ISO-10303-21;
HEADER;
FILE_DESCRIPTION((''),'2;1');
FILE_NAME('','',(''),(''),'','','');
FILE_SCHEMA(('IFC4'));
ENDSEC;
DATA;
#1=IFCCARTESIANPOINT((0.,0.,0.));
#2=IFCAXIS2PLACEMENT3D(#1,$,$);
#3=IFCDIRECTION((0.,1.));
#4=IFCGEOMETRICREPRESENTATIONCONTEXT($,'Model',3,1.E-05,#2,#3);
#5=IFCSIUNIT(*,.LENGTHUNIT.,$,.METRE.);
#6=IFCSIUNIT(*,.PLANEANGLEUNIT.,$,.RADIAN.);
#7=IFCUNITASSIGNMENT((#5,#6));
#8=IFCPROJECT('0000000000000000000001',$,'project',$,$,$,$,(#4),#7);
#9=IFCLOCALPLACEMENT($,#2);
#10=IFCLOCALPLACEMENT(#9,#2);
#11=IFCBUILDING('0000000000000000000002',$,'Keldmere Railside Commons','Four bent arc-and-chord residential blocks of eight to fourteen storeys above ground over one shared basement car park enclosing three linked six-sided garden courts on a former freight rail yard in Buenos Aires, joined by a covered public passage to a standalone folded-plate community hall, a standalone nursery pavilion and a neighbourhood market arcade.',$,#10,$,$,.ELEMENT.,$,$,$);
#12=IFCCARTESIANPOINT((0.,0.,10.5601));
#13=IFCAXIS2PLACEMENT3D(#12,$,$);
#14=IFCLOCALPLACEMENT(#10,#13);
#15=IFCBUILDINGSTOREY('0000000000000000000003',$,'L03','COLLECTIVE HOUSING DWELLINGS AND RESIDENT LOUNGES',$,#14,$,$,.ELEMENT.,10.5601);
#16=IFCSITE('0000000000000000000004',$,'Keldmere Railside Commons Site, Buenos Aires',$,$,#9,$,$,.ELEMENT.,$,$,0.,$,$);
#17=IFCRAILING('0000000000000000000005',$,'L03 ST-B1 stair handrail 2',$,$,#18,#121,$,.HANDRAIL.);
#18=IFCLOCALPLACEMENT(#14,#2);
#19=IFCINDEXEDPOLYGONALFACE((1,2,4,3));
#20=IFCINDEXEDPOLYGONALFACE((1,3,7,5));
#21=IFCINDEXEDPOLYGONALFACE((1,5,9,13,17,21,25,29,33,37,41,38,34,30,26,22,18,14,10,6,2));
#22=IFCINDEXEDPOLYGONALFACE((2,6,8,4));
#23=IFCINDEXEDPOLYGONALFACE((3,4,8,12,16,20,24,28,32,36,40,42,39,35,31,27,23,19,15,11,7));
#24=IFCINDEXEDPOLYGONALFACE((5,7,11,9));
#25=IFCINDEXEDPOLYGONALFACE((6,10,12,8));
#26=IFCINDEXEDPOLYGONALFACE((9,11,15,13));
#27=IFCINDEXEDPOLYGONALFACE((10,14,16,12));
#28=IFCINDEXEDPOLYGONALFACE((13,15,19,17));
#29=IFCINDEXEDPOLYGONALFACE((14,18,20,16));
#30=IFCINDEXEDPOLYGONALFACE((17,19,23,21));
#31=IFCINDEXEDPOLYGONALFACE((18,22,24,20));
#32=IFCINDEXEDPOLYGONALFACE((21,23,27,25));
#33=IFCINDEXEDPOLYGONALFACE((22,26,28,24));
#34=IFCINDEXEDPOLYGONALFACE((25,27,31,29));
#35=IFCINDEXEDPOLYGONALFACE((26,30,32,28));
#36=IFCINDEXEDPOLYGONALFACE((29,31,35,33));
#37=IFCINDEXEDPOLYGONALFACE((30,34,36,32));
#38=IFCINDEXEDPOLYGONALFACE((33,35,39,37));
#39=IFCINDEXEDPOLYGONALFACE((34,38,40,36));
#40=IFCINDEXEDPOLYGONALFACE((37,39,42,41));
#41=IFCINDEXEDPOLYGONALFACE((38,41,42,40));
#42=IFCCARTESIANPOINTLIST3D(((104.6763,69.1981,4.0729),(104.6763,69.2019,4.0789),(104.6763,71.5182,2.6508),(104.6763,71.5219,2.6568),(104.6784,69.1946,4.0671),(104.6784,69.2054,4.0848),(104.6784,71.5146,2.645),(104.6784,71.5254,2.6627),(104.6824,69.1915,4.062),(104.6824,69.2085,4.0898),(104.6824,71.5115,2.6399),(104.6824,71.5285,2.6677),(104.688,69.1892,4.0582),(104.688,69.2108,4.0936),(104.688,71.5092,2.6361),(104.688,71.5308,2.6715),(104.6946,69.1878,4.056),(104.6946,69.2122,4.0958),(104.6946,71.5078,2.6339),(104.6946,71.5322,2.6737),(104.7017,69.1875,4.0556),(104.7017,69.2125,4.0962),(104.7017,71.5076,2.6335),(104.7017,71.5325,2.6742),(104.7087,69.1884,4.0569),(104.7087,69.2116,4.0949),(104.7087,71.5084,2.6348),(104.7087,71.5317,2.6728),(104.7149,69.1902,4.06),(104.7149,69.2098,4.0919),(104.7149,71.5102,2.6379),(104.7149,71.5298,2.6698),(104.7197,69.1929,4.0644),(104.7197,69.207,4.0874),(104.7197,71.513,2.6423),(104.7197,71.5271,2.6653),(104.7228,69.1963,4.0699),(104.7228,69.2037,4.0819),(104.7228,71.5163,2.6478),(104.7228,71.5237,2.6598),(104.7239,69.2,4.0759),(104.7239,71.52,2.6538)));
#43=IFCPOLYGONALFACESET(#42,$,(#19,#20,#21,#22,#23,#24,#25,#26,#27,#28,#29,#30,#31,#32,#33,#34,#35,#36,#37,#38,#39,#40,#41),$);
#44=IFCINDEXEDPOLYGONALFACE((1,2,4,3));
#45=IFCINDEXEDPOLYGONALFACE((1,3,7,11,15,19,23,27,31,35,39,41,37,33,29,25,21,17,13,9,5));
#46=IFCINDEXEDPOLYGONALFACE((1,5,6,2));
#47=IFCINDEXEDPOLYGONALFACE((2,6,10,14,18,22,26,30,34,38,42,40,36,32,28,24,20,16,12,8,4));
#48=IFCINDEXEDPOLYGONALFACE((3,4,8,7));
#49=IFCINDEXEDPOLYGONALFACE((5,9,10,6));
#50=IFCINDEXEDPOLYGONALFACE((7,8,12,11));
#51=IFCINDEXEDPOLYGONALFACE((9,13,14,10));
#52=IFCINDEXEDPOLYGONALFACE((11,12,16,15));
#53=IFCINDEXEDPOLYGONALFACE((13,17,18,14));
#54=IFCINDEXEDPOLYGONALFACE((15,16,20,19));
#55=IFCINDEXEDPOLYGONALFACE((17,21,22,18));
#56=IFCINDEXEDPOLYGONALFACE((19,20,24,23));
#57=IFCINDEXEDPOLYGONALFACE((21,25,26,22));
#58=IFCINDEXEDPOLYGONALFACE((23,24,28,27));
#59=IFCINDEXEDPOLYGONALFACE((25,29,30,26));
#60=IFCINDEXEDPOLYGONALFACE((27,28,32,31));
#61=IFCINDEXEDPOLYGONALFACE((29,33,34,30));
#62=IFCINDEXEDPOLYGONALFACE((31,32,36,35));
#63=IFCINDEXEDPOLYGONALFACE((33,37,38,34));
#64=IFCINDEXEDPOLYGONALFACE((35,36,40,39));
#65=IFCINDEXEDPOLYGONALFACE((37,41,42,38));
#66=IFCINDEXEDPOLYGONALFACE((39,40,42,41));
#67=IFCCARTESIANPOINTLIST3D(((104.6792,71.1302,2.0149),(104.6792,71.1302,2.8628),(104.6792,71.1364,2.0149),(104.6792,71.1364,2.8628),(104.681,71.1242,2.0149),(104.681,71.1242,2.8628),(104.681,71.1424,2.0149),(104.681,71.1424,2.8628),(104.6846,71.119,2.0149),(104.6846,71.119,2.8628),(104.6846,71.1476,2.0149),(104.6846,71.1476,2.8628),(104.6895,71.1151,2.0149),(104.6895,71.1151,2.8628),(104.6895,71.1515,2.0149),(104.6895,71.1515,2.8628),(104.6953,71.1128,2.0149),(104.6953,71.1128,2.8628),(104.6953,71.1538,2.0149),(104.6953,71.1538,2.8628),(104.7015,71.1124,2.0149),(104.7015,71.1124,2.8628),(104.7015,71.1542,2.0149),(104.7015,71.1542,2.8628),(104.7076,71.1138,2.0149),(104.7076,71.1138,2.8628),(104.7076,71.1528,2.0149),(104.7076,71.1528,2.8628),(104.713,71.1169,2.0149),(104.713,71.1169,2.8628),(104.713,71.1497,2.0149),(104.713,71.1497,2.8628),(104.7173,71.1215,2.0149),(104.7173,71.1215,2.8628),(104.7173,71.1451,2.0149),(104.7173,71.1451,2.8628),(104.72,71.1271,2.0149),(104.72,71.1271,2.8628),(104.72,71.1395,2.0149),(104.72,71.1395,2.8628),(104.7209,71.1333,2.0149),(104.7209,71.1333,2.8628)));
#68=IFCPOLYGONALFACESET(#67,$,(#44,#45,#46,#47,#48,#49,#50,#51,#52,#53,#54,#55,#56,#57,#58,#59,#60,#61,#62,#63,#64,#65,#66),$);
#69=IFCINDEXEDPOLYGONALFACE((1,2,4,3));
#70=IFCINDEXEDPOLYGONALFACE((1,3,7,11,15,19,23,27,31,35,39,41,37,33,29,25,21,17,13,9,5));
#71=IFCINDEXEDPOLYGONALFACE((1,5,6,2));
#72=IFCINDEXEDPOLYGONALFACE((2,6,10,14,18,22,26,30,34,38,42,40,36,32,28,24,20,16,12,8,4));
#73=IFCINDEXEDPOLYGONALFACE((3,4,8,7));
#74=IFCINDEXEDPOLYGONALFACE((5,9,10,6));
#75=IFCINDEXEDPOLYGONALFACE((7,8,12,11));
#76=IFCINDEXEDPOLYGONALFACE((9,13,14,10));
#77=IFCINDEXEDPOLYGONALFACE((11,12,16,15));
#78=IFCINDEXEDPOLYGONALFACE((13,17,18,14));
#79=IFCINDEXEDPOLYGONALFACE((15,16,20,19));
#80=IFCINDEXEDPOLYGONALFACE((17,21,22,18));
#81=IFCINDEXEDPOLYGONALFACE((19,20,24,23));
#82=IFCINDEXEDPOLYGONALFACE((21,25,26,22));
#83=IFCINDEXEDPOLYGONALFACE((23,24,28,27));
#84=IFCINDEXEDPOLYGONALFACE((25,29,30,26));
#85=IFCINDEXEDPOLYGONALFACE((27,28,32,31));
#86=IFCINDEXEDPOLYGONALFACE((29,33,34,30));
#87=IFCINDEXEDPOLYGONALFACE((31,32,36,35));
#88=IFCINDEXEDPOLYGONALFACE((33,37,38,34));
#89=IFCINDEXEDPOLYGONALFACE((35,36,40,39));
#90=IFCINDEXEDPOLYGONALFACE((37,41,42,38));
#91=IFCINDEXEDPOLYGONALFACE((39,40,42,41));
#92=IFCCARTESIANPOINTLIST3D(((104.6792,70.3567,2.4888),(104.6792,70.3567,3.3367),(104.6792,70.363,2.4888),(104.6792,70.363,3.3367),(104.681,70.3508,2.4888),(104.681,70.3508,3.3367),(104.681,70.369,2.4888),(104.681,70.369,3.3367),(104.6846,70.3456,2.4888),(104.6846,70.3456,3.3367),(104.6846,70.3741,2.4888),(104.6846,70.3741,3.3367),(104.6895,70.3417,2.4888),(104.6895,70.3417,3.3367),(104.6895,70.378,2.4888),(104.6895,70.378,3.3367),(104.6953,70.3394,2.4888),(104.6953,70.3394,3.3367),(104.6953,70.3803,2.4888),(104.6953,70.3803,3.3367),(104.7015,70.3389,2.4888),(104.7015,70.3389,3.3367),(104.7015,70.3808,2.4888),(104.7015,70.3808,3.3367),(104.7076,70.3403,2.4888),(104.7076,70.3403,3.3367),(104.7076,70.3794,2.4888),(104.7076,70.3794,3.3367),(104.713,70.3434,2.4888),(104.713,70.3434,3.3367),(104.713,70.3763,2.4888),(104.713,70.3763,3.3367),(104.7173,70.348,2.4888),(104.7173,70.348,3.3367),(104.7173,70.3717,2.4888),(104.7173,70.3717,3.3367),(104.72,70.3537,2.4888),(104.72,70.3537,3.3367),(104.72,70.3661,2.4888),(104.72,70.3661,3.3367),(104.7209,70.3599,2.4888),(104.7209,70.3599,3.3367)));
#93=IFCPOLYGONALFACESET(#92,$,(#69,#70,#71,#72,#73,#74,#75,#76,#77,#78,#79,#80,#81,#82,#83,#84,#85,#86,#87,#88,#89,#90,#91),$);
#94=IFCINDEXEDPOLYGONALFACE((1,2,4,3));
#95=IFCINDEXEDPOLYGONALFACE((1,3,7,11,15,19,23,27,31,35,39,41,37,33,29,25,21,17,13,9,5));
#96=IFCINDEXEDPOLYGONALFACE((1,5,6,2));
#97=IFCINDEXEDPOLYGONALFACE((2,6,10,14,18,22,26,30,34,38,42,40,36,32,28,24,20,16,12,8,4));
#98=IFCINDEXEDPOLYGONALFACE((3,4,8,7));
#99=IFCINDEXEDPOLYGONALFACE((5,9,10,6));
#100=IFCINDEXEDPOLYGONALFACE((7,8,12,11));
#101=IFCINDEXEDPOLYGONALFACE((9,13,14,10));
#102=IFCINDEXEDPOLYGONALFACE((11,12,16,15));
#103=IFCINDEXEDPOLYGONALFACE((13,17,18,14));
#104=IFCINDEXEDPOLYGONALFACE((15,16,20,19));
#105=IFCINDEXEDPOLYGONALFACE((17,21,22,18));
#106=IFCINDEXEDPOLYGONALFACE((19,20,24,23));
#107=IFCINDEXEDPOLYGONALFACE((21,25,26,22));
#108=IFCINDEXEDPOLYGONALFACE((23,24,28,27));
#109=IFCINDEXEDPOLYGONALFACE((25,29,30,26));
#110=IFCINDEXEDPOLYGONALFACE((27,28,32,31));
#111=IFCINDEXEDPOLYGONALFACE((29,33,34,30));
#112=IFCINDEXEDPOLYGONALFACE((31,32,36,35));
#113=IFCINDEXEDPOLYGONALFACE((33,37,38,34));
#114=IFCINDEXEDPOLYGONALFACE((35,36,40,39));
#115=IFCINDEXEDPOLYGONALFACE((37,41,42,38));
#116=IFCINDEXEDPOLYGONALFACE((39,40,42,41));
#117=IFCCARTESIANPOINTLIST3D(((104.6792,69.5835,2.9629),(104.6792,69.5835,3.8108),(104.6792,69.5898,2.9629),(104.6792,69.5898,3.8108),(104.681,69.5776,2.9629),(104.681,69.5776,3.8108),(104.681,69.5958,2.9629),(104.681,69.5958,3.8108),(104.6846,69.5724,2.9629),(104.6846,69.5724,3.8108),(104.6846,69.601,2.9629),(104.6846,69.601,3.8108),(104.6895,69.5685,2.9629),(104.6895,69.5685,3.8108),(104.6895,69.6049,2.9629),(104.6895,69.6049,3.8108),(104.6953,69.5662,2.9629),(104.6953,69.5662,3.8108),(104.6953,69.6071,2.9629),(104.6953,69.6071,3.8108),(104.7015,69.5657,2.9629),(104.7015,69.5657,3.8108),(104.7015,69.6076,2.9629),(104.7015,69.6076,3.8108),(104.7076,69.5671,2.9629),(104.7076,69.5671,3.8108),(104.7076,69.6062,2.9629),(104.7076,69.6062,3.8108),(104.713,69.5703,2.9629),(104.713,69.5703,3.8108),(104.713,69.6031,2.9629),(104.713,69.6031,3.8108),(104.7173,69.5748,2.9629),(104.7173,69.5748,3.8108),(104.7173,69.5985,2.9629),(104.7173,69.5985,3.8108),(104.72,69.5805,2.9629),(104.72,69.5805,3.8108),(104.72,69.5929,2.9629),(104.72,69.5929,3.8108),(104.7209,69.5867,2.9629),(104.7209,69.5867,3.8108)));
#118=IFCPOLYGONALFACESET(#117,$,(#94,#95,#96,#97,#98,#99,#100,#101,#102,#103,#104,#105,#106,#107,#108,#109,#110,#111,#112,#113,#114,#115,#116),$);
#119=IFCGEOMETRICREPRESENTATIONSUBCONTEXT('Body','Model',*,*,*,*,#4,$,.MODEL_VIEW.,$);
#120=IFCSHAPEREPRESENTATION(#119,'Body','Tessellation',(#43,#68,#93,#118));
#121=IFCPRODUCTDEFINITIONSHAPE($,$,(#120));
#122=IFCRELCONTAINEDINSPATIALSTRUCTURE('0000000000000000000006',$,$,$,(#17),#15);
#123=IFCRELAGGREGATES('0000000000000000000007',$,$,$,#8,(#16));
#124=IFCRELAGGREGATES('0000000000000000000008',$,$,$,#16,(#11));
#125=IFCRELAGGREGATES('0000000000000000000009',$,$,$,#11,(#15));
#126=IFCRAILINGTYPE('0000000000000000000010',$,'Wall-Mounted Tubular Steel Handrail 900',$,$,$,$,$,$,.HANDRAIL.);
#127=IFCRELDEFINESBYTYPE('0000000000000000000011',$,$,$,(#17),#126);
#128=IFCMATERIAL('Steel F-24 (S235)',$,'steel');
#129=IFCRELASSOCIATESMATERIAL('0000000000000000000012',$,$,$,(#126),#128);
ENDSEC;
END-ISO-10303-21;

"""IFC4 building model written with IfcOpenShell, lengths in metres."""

from ifc_helpers import new_model, si_unit, direction, frame, origin, origin_2d, place, context, subcontext, project, spatial, circle, extrude, material, type_object, element, save


model = new_model("IFC4")

# Units and contexts
model_context = context("Model", 3, precision=1e-05, world=origin(), true_north=direction((0.0, 1.0)))
body_context = subcontext(model_context, "Body", "Model", "MODEL_VIEW")
ifc_project = project(units=[si_unit("LENGTHUNIT", "METRE"), si_unit("PLANEANGLEUNIT", "RADIAN")], contexts=[model_context])

# Site, building, storey
site_placement = place(None, origin())
site = spatial("IfcSite", under=ifc_project, at=site_placement, Name="Keldmere Railside Commons Site, Buenos Aires", CompositionType="ELEMENT", RefElevation=0.0)
building_placement = place(site_placement, origin())
building = spatial("IfcBuilding", under=site, at=building_placement, Name="Keldmere Railside Commons", Description="Four bent arc-and-chord residential blocks of eight to fourteen storeys above ground over one shared basement car park enclosing three linked six-sided garden courts on a former freight rail yard in Buenos Aires, joined by a covered public passage to a standalone folded-plate community hall, a standalone nursery pavilion and a neighbourhood market arcade.", CompositionType="ELEMENT")
storey_placement = place(building_placement, frame((0.0, 0.0, 10.5601)))
storey = spatial("IfcBuildingStorey", under=building, at=storey_placement, Name="L03", Description="COLLECTIVE HOUSING DWELLINGS AND RESIDENT LOUNGES", CompositionType="ELEMENT", Elevation=10.5601)

# Railing
ifc_material_1 = material(Name="Steel F-24 (S235)", Category="steel")
railing_type_1 = type_object("IfcRailingType", Name="Wall-Mounted Tubular Steel Handrail 900", PredefinedType="HANDRAIL", material=ifc_material_1)
railing_1_placement = place(storey_placement, frame((104.7, 71.52, 1.7778)))
element("IfcRailing", 1, at=railing_1_placement, inside=storey, type_object=railing_type_1, Name="L03 ST-B1 stair handrail 2", PredefinedType="HANDRAIL", context=body_context, shape_type="SweptSolid", body=[
    extrude(circle(Radius=0.0239, at=origin_2d()), frame((0.0, 0.0, 0.876), z_axis=(0.0, -0.852578, 0.5226), x_axis=(1.0, 0.0, 0.0)), (0.0, 0.0, 1.0), 2.7212),
    extrude(circle(Radius=0.021, at=origin_2d()), frame((0.0, -0.3867, 0.2371)), (0.0, 0.0, 1.0), 0.8479),
    extrude(circle(Radius=0.021, at=origin_2d()), frame((0.0, -1.1602, 0.7109)), (0.0, 0.0, 1.0), 0.8479),
    extrude(circle(Radius=0.021, at=origin_2d()), frame((0.0, -1.9333, 1.1851)), (0.0, 0.0, 1.0), 0.8479),
])

save(model, "model.ifc")
